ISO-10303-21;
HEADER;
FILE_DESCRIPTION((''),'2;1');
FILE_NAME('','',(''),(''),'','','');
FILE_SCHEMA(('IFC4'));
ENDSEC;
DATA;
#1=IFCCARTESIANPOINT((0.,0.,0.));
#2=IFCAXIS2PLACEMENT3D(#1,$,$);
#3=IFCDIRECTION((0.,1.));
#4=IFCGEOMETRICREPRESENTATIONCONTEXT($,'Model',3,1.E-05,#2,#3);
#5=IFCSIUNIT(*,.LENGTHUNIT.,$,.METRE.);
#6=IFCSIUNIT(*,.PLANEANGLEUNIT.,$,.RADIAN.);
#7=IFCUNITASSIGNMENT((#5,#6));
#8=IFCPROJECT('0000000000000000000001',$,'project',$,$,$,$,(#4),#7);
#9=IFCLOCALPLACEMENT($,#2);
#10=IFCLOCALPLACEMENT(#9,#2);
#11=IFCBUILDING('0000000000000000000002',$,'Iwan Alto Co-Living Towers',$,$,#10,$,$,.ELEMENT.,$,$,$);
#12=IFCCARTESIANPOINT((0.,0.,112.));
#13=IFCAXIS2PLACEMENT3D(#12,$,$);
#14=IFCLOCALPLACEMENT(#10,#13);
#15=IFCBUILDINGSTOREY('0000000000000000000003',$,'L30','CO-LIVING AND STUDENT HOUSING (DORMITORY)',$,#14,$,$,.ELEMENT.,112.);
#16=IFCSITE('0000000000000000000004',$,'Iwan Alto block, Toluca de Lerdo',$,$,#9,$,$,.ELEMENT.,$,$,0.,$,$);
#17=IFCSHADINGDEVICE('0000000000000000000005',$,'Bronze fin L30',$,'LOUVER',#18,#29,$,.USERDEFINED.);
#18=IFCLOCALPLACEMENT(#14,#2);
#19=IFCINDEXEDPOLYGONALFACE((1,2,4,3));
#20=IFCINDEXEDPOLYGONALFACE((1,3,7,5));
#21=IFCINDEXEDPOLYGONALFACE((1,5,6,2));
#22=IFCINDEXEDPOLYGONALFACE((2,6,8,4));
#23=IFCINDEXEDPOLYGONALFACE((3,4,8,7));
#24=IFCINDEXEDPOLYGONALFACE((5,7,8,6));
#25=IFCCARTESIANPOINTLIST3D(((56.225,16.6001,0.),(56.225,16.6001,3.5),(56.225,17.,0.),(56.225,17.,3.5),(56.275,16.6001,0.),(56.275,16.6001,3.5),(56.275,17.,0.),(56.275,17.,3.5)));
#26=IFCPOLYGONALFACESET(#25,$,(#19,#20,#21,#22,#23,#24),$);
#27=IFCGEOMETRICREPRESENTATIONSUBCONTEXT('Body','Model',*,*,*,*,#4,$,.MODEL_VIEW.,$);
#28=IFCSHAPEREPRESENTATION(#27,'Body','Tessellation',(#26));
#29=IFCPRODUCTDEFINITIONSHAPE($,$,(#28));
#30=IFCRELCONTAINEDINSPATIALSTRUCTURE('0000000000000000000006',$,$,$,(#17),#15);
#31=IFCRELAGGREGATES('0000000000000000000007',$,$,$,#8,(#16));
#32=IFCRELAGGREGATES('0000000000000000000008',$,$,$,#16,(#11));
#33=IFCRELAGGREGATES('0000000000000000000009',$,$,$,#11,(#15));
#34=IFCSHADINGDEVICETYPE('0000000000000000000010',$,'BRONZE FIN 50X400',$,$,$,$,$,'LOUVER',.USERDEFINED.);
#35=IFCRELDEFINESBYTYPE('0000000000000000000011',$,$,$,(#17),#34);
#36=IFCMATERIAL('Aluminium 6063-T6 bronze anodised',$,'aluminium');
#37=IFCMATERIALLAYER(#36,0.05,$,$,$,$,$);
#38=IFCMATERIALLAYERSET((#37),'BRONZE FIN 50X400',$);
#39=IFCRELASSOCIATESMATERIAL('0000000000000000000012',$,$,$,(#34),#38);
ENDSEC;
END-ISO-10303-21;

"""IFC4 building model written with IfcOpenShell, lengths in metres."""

from ifc_helpers import new_model, si_unit, direction, frame, origin, origin_2d, place, context, subcontext, project, spatial, rectangle, extrude, material, layer, layer_set, type_object, element, save


model = new_model("IFC4")

# Units and contexts
model_context = context("Model", 3, precision=1e-05, world=origin(), true_north=direction((0.0, 1.0)))
body_context = subcontext(model_context, "Body", "Model", "MODEL_VIEW")
ifc_project = project(units=[si_unit("LENGTHUNIT", "METRE"), si_unit("PLANEANGLEUNIT", "RADIAN")], contexts=[model_context])

# Site, building, storey
site_placement = place(None, origin())
site = spatial("IfcSite", under=ifc_project, at=site_placement, Name="Iwan Alto block, Toluca de Lerdo", CompositionType="ELEMENT", RefElevation=0.0)
building_placement = place(site_placement, origin())
building = spatial("IfcBuilding", under=site, at=building_placement, Name="Iwan Alto Co-Living Towers", CompositionType="ELEMENT")
storey_placement = place(building_placement, frame((0.0, 0.0, 112.0)))
storey = spatial("IfcBuildingStorey", under=building, at=storey_placement, Name="L30", Description="CO-LIVING AND STUDENT HOUSING (DORMITORY)", CompositionType="ELEMENT", Elevation=112.0)

# Shading device
ifc_material_1 = material(Name="Aluminium 6063-T6 bronze anodised", Category="aluminium")
ifc_layer_1 = layer(ifc_material_1, 0.05)
ifc_layer_set_1 = layer_set([ifc_layer_1], Name="BRONZE FIN 50X400")
shading_device_type = type_object("IfcShadingDeviceType", Name="BRONZE FIN 50X400", ElementType="LOUVER", PredefinedType="USERDEFINED", material=ifc_layer_set_1)
shading_device_placement = place(storey_placement, frame((56.25, 16.8, 0.0), z_axis=(0.0, 0.0, 1.0), x_axis=(-1.0, 0.0, 0.0)))
element("IfcShadingDevice", 1, at=shading_device_placement, inside=storey, type_object=shading_device_type, Name="Bronze fin L30", ObjectType="LOUVER", PredefinedType="USERDEFINED", context=body_context, shape_type="SweptSolid", body=[
    extrude(rectangle(XDim=0.05, YDim=0.3999, at=origin_2d()), origin(), (0.0, 0.0, 1.0), 3.5),
])

save(model, "model.ifc")
